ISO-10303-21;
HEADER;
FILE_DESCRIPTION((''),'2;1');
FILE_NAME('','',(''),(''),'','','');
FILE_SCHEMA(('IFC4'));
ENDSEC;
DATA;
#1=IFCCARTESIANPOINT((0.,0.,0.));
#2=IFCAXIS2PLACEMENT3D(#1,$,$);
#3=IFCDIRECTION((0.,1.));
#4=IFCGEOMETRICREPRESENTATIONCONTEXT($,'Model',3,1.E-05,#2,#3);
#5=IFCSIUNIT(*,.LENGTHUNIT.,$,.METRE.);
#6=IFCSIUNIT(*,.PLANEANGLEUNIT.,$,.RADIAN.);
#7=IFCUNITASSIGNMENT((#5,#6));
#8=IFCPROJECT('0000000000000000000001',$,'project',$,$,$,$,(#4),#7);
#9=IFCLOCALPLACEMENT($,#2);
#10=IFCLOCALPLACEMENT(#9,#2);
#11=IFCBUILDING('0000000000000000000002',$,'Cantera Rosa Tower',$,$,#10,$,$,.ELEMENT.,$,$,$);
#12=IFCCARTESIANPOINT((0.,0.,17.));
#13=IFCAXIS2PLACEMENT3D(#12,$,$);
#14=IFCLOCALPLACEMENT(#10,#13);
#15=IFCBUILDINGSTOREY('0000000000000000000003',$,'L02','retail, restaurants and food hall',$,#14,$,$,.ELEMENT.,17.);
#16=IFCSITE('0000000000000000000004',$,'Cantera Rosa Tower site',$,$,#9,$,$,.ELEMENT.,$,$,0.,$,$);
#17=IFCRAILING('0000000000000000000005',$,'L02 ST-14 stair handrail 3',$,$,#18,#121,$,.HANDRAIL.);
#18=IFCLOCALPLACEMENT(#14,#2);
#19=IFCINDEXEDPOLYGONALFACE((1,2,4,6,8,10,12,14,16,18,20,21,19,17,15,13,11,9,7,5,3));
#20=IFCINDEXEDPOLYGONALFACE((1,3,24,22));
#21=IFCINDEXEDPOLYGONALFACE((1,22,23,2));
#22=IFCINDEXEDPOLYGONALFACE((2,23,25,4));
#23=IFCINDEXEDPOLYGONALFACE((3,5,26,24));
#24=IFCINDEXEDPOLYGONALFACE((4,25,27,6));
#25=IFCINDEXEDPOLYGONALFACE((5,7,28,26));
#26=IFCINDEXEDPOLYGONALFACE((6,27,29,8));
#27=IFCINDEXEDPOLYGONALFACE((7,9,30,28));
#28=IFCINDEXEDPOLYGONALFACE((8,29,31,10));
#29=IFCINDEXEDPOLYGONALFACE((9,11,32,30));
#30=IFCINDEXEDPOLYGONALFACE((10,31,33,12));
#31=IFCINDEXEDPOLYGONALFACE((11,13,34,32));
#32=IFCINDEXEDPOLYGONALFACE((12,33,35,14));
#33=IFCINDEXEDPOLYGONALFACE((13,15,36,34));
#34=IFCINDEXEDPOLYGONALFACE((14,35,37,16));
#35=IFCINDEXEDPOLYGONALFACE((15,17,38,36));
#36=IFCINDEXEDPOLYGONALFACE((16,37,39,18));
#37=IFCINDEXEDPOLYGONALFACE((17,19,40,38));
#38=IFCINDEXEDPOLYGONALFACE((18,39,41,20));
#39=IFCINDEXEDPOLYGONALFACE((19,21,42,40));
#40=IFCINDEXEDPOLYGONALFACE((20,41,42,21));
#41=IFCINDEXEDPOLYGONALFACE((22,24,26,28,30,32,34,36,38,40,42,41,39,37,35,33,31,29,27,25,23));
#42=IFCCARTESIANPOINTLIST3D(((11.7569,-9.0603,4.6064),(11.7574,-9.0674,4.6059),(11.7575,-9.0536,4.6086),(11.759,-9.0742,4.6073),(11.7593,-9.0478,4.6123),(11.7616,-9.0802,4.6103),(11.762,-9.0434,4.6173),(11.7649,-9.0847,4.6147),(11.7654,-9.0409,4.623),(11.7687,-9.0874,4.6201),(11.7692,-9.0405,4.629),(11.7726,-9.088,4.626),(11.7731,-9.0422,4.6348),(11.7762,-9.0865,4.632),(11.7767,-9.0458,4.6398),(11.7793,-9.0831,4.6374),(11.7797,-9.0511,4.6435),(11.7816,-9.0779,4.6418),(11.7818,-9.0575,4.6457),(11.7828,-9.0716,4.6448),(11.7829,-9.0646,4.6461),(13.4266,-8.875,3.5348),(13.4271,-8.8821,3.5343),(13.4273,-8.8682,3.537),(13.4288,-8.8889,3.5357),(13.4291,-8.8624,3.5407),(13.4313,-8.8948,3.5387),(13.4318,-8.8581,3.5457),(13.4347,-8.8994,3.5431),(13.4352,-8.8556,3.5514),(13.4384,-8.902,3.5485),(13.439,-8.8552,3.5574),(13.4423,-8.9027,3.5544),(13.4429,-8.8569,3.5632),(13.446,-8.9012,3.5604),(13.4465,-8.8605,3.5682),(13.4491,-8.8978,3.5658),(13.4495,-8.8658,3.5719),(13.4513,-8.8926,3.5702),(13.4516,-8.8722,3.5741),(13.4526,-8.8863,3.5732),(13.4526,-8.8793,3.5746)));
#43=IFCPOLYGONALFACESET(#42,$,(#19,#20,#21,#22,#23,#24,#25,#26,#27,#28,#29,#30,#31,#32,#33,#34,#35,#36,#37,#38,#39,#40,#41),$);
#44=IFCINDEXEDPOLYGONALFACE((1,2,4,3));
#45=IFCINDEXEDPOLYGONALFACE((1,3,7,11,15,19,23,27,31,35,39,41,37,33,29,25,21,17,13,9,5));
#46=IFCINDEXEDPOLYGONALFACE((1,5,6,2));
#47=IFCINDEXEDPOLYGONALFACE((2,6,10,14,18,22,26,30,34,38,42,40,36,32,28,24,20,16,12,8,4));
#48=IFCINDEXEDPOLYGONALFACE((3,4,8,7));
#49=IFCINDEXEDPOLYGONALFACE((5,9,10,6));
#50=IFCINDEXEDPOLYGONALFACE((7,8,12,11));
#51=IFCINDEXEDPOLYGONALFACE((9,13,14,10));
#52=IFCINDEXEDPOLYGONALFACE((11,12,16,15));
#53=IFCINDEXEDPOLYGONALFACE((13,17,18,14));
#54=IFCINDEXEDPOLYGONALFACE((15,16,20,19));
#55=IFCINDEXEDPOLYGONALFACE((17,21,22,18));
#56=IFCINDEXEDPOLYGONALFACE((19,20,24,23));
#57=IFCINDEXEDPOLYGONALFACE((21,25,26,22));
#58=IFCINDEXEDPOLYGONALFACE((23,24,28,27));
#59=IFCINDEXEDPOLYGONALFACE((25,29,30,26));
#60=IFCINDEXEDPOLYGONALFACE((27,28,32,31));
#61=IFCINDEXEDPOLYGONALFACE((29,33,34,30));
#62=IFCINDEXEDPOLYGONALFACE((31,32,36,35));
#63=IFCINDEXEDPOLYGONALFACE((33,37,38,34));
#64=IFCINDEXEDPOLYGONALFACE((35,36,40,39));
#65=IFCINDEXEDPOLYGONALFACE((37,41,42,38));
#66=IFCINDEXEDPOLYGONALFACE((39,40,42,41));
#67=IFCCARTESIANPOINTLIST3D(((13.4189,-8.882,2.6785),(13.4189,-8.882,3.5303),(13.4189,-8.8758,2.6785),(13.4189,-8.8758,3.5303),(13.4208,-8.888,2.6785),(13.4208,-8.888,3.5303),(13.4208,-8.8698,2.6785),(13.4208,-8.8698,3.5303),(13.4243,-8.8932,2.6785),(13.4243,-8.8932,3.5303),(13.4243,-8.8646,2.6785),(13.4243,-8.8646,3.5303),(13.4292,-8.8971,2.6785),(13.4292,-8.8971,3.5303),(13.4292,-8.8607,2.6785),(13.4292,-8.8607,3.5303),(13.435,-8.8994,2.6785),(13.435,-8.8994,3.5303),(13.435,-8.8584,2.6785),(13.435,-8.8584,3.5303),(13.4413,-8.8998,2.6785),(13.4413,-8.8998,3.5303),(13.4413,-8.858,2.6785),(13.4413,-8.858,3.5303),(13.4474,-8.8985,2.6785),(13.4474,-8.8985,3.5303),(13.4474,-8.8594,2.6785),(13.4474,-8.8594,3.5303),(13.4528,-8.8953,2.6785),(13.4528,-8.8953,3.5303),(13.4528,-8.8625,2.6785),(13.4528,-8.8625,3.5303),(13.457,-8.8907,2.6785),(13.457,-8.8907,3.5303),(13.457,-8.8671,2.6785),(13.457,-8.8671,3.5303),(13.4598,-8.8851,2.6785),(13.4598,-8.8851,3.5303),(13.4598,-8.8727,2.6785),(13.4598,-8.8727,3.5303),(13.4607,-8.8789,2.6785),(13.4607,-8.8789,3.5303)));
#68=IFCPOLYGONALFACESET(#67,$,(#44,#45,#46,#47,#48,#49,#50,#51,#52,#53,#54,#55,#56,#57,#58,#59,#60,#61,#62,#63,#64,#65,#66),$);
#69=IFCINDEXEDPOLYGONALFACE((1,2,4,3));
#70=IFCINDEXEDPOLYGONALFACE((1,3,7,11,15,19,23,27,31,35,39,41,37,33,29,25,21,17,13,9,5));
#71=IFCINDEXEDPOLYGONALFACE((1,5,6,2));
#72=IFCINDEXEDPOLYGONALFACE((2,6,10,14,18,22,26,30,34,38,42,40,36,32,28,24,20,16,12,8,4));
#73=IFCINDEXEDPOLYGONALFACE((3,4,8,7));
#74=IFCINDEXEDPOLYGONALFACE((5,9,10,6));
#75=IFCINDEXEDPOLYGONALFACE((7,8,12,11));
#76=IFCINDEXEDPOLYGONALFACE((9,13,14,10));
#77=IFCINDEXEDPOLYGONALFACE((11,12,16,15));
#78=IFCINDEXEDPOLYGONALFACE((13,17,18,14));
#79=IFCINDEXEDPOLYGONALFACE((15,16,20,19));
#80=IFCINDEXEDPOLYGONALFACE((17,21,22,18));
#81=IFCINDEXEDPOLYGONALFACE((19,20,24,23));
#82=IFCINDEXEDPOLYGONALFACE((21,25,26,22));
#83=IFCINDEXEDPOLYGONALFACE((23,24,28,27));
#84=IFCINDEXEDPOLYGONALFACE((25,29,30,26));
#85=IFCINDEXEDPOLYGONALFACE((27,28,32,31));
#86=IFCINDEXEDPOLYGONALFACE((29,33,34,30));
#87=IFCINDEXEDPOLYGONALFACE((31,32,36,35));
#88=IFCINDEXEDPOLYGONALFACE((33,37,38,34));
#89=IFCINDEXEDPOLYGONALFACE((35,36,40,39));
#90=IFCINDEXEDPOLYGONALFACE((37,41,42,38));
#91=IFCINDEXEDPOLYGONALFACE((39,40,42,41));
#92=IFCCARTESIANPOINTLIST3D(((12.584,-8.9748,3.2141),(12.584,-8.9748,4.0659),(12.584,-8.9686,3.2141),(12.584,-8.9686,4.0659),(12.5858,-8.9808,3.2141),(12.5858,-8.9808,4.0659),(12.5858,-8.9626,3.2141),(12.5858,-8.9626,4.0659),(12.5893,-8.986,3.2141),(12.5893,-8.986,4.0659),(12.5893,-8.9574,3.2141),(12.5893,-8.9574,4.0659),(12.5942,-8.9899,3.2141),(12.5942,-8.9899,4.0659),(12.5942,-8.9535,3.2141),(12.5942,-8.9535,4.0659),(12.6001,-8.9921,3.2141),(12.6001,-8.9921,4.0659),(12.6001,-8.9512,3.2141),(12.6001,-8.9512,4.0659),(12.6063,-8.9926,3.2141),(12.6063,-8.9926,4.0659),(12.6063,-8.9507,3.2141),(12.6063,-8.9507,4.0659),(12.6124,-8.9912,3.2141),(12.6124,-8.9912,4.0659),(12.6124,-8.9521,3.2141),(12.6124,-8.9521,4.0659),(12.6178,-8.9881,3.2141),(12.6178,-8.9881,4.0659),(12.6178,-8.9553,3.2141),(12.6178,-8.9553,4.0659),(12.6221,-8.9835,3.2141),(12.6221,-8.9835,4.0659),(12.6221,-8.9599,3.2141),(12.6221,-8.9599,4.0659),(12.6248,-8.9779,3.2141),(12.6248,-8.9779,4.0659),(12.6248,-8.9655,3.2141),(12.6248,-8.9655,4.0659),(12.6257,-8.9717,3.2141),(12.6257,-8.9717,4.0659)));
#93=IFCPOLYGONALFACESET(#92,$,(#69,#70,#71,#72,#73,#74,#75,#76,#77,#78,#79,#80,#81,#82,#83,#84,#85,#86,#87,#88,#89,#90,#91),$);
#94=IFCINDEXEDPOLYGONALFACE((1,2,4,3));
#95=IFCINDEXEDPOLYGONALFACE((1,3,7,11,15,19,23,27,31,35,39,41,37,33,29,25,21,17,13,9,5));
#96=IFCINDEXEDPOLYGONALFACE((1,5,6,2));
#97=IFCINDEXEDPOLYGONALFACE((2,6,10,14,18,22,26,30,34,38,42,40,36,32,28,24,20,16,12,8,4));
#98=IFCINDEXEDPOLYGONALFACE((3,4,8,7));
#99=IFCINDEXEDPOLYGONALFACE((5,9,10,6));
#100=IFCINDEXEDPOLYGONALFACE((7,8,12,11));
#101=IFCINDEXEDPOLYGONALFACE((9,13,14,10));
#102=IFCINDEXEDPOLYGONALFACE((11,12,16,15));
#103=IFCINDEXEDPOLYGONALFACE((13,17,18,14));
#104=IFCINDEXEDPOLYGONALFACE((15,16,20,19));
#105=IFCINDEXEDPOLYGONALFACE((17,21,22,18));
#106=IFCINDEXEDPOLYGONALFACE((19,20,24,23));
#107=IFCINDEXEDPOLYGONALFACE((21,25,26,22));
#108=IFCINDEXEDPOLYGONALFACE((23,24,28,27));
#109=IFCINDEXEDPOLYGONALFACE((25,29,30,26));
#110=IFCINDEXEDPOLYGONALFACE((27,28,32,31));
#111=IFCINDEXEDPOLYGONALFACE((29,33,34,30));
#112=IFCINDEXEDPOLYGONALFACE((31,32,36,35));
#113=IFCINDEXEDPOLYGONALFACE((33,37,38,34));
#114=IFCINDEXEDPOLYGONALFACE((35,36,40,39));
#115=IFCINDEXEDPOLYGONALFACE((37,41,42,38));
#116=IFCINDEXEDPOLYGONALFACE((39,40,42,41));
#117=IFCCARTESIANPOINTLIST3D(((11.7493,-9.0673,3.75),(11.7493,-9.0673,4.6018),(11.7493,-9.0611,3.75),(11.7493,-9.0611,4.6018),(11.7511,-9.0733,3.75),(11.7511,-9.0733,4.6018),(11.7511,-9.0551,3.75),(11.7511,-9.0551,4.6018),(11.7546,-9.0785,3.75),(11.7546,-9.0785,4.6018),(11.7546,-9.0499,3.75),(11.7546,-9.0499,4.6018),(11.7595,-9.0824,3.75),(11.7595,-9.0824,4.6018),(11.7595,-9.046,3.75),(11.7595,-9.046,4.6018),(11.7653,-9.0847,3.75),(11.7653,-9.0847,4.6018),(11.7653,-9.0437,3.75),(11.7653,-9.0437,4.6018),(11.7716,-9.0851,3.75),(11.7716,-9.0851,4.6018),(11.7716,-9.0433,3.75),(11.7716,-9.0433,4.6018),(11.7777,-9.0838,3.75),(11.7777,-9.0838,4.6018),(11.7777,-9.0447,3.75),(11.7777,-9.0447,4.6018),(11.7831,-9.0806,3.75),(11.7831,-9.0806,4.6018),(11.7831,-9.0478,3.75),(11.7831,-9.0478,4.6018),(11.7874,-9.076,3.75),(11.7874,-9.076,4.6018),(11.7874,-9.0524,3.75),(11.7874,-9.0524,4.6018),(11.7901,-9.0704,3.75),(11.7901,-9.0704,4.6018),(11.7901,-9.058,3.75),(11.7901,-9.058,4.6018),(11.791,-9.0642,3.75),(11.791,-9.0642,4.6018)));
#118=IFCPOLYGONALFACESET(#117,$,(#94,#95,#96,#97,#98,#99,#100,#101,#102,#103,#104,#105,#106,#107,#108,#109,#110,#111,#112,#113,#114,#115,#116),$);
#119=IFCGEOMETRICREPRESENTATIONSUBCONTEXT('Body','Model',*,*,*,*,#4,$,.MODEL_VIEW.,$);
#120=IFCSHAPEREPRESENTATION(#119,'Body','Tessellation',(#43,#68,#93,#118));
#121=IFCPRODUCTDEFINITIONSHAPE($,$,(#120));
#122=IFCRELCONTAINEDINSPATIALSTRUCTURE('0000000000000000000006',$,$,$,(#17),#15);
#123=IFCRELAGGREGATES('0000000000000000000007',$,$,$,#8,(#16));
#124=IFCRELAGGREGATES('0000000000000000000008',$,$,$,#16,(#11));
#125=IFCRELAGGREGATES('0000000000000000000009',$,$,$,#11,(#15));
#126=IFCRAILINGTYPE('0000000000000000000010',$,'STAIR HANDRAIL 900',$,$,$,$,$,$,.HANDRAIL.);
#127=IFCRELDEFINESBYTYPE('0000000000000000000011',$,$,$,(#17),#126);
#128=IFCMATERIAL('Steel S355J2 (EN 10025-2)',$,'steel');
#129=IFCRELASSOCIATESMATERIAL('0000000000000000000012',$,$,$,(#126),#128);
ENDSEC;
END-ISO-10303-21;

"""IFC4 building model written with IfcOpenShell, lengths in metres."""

from ifc_helpers import new_model, si_unit, direction, frame, origin, origin_2d, place, context, subcontext, project, spatial, circle, extrude, material, type_object, element, save


model = new_model("IFC4")

# Units and contexts
model_context = context("Model", 3, precision=1e-05, world=origin(), true_north=direction((0.0, 1.0)))
body_context = subcontext(model_context, "Body", "Model", "MODEL_VIEW")
ifc_project = project(units=[si_unit("LENGTHUNIT", "METRE"), si_unit("PLANEANGLEUNIT", "RADIAN")], contexts=[model_context])

# Site, building, storey
site_placement = place(None, origin())
site = spatial("IfcSite", under=ifc_project, at=site_placement, Name="Cantera Rosa Tower site", CompositionType="ELEMENT", RefElevation=0.0)
building_placement = place(site_placement, origin())
building = spatial("IfcBuilding", under=site, at=building_placement, Name="Cantera Rosa Tower", CompositionType="ELEMENT")
storey_placement = place(building_placement, frame((0.0, 0.0, 17.0)))
storey = spatial("IfcBuildingStorey", under=building, at=storey_placement, Name="L02", Description="retail, restaurants and food hall", CompositionType="ELEMENT", Elevation=17.0)

# Railing
ifc_material_1 = material(Name="Steel S355J2 (EN 10025-2)", Category="steel")
railing_type_1 = type_object("IfcRailingType", Name="STAIR HANDRAIL 900", PredefinedType="HANDRAIL", material=ifc_material_1)
for number, where, name in (
    (1, (13.4397, -8.8789, 2.6785), "L02 ST-14 stair handrail 3"),
):
    element("IfcRailing", number, at=place(storey_placement, frame(where)), inside=storey, type_object=railing_type_1, Name=name, PredefinedType="HANDRAIL", context=body_context, shape_type="SweptSolid", body=[
        extrude(circle(Radius=0.0239, at=origin_2d()), frame((0.0, 0.0, 0.876), z_axis=(-0.837951, -0.092997, 0.537764), x_axis=(0.110304, -0.993898, 0.0)), (0.0, 0.0, 1.0), 1.9927),
        extrude(circle(Radius=0.021, at=origin_2d()), origin(), (0.0, 0.0, 1.0), 0.8518),
        extrude(circle(Radius=0.021, at=origin_2d()), frame((-0.835, -0.0928, 0.5356)), (0.0, 0.0, 1.0), 0.8518),
        extrude(circle(Radius=0.021, at=origin_2d()), frame((-1.6697, -0.1853, 1.0715)), (0.0, 0.0, 1.0), 0.8518),
    ])

save(model, "model.ifc")
